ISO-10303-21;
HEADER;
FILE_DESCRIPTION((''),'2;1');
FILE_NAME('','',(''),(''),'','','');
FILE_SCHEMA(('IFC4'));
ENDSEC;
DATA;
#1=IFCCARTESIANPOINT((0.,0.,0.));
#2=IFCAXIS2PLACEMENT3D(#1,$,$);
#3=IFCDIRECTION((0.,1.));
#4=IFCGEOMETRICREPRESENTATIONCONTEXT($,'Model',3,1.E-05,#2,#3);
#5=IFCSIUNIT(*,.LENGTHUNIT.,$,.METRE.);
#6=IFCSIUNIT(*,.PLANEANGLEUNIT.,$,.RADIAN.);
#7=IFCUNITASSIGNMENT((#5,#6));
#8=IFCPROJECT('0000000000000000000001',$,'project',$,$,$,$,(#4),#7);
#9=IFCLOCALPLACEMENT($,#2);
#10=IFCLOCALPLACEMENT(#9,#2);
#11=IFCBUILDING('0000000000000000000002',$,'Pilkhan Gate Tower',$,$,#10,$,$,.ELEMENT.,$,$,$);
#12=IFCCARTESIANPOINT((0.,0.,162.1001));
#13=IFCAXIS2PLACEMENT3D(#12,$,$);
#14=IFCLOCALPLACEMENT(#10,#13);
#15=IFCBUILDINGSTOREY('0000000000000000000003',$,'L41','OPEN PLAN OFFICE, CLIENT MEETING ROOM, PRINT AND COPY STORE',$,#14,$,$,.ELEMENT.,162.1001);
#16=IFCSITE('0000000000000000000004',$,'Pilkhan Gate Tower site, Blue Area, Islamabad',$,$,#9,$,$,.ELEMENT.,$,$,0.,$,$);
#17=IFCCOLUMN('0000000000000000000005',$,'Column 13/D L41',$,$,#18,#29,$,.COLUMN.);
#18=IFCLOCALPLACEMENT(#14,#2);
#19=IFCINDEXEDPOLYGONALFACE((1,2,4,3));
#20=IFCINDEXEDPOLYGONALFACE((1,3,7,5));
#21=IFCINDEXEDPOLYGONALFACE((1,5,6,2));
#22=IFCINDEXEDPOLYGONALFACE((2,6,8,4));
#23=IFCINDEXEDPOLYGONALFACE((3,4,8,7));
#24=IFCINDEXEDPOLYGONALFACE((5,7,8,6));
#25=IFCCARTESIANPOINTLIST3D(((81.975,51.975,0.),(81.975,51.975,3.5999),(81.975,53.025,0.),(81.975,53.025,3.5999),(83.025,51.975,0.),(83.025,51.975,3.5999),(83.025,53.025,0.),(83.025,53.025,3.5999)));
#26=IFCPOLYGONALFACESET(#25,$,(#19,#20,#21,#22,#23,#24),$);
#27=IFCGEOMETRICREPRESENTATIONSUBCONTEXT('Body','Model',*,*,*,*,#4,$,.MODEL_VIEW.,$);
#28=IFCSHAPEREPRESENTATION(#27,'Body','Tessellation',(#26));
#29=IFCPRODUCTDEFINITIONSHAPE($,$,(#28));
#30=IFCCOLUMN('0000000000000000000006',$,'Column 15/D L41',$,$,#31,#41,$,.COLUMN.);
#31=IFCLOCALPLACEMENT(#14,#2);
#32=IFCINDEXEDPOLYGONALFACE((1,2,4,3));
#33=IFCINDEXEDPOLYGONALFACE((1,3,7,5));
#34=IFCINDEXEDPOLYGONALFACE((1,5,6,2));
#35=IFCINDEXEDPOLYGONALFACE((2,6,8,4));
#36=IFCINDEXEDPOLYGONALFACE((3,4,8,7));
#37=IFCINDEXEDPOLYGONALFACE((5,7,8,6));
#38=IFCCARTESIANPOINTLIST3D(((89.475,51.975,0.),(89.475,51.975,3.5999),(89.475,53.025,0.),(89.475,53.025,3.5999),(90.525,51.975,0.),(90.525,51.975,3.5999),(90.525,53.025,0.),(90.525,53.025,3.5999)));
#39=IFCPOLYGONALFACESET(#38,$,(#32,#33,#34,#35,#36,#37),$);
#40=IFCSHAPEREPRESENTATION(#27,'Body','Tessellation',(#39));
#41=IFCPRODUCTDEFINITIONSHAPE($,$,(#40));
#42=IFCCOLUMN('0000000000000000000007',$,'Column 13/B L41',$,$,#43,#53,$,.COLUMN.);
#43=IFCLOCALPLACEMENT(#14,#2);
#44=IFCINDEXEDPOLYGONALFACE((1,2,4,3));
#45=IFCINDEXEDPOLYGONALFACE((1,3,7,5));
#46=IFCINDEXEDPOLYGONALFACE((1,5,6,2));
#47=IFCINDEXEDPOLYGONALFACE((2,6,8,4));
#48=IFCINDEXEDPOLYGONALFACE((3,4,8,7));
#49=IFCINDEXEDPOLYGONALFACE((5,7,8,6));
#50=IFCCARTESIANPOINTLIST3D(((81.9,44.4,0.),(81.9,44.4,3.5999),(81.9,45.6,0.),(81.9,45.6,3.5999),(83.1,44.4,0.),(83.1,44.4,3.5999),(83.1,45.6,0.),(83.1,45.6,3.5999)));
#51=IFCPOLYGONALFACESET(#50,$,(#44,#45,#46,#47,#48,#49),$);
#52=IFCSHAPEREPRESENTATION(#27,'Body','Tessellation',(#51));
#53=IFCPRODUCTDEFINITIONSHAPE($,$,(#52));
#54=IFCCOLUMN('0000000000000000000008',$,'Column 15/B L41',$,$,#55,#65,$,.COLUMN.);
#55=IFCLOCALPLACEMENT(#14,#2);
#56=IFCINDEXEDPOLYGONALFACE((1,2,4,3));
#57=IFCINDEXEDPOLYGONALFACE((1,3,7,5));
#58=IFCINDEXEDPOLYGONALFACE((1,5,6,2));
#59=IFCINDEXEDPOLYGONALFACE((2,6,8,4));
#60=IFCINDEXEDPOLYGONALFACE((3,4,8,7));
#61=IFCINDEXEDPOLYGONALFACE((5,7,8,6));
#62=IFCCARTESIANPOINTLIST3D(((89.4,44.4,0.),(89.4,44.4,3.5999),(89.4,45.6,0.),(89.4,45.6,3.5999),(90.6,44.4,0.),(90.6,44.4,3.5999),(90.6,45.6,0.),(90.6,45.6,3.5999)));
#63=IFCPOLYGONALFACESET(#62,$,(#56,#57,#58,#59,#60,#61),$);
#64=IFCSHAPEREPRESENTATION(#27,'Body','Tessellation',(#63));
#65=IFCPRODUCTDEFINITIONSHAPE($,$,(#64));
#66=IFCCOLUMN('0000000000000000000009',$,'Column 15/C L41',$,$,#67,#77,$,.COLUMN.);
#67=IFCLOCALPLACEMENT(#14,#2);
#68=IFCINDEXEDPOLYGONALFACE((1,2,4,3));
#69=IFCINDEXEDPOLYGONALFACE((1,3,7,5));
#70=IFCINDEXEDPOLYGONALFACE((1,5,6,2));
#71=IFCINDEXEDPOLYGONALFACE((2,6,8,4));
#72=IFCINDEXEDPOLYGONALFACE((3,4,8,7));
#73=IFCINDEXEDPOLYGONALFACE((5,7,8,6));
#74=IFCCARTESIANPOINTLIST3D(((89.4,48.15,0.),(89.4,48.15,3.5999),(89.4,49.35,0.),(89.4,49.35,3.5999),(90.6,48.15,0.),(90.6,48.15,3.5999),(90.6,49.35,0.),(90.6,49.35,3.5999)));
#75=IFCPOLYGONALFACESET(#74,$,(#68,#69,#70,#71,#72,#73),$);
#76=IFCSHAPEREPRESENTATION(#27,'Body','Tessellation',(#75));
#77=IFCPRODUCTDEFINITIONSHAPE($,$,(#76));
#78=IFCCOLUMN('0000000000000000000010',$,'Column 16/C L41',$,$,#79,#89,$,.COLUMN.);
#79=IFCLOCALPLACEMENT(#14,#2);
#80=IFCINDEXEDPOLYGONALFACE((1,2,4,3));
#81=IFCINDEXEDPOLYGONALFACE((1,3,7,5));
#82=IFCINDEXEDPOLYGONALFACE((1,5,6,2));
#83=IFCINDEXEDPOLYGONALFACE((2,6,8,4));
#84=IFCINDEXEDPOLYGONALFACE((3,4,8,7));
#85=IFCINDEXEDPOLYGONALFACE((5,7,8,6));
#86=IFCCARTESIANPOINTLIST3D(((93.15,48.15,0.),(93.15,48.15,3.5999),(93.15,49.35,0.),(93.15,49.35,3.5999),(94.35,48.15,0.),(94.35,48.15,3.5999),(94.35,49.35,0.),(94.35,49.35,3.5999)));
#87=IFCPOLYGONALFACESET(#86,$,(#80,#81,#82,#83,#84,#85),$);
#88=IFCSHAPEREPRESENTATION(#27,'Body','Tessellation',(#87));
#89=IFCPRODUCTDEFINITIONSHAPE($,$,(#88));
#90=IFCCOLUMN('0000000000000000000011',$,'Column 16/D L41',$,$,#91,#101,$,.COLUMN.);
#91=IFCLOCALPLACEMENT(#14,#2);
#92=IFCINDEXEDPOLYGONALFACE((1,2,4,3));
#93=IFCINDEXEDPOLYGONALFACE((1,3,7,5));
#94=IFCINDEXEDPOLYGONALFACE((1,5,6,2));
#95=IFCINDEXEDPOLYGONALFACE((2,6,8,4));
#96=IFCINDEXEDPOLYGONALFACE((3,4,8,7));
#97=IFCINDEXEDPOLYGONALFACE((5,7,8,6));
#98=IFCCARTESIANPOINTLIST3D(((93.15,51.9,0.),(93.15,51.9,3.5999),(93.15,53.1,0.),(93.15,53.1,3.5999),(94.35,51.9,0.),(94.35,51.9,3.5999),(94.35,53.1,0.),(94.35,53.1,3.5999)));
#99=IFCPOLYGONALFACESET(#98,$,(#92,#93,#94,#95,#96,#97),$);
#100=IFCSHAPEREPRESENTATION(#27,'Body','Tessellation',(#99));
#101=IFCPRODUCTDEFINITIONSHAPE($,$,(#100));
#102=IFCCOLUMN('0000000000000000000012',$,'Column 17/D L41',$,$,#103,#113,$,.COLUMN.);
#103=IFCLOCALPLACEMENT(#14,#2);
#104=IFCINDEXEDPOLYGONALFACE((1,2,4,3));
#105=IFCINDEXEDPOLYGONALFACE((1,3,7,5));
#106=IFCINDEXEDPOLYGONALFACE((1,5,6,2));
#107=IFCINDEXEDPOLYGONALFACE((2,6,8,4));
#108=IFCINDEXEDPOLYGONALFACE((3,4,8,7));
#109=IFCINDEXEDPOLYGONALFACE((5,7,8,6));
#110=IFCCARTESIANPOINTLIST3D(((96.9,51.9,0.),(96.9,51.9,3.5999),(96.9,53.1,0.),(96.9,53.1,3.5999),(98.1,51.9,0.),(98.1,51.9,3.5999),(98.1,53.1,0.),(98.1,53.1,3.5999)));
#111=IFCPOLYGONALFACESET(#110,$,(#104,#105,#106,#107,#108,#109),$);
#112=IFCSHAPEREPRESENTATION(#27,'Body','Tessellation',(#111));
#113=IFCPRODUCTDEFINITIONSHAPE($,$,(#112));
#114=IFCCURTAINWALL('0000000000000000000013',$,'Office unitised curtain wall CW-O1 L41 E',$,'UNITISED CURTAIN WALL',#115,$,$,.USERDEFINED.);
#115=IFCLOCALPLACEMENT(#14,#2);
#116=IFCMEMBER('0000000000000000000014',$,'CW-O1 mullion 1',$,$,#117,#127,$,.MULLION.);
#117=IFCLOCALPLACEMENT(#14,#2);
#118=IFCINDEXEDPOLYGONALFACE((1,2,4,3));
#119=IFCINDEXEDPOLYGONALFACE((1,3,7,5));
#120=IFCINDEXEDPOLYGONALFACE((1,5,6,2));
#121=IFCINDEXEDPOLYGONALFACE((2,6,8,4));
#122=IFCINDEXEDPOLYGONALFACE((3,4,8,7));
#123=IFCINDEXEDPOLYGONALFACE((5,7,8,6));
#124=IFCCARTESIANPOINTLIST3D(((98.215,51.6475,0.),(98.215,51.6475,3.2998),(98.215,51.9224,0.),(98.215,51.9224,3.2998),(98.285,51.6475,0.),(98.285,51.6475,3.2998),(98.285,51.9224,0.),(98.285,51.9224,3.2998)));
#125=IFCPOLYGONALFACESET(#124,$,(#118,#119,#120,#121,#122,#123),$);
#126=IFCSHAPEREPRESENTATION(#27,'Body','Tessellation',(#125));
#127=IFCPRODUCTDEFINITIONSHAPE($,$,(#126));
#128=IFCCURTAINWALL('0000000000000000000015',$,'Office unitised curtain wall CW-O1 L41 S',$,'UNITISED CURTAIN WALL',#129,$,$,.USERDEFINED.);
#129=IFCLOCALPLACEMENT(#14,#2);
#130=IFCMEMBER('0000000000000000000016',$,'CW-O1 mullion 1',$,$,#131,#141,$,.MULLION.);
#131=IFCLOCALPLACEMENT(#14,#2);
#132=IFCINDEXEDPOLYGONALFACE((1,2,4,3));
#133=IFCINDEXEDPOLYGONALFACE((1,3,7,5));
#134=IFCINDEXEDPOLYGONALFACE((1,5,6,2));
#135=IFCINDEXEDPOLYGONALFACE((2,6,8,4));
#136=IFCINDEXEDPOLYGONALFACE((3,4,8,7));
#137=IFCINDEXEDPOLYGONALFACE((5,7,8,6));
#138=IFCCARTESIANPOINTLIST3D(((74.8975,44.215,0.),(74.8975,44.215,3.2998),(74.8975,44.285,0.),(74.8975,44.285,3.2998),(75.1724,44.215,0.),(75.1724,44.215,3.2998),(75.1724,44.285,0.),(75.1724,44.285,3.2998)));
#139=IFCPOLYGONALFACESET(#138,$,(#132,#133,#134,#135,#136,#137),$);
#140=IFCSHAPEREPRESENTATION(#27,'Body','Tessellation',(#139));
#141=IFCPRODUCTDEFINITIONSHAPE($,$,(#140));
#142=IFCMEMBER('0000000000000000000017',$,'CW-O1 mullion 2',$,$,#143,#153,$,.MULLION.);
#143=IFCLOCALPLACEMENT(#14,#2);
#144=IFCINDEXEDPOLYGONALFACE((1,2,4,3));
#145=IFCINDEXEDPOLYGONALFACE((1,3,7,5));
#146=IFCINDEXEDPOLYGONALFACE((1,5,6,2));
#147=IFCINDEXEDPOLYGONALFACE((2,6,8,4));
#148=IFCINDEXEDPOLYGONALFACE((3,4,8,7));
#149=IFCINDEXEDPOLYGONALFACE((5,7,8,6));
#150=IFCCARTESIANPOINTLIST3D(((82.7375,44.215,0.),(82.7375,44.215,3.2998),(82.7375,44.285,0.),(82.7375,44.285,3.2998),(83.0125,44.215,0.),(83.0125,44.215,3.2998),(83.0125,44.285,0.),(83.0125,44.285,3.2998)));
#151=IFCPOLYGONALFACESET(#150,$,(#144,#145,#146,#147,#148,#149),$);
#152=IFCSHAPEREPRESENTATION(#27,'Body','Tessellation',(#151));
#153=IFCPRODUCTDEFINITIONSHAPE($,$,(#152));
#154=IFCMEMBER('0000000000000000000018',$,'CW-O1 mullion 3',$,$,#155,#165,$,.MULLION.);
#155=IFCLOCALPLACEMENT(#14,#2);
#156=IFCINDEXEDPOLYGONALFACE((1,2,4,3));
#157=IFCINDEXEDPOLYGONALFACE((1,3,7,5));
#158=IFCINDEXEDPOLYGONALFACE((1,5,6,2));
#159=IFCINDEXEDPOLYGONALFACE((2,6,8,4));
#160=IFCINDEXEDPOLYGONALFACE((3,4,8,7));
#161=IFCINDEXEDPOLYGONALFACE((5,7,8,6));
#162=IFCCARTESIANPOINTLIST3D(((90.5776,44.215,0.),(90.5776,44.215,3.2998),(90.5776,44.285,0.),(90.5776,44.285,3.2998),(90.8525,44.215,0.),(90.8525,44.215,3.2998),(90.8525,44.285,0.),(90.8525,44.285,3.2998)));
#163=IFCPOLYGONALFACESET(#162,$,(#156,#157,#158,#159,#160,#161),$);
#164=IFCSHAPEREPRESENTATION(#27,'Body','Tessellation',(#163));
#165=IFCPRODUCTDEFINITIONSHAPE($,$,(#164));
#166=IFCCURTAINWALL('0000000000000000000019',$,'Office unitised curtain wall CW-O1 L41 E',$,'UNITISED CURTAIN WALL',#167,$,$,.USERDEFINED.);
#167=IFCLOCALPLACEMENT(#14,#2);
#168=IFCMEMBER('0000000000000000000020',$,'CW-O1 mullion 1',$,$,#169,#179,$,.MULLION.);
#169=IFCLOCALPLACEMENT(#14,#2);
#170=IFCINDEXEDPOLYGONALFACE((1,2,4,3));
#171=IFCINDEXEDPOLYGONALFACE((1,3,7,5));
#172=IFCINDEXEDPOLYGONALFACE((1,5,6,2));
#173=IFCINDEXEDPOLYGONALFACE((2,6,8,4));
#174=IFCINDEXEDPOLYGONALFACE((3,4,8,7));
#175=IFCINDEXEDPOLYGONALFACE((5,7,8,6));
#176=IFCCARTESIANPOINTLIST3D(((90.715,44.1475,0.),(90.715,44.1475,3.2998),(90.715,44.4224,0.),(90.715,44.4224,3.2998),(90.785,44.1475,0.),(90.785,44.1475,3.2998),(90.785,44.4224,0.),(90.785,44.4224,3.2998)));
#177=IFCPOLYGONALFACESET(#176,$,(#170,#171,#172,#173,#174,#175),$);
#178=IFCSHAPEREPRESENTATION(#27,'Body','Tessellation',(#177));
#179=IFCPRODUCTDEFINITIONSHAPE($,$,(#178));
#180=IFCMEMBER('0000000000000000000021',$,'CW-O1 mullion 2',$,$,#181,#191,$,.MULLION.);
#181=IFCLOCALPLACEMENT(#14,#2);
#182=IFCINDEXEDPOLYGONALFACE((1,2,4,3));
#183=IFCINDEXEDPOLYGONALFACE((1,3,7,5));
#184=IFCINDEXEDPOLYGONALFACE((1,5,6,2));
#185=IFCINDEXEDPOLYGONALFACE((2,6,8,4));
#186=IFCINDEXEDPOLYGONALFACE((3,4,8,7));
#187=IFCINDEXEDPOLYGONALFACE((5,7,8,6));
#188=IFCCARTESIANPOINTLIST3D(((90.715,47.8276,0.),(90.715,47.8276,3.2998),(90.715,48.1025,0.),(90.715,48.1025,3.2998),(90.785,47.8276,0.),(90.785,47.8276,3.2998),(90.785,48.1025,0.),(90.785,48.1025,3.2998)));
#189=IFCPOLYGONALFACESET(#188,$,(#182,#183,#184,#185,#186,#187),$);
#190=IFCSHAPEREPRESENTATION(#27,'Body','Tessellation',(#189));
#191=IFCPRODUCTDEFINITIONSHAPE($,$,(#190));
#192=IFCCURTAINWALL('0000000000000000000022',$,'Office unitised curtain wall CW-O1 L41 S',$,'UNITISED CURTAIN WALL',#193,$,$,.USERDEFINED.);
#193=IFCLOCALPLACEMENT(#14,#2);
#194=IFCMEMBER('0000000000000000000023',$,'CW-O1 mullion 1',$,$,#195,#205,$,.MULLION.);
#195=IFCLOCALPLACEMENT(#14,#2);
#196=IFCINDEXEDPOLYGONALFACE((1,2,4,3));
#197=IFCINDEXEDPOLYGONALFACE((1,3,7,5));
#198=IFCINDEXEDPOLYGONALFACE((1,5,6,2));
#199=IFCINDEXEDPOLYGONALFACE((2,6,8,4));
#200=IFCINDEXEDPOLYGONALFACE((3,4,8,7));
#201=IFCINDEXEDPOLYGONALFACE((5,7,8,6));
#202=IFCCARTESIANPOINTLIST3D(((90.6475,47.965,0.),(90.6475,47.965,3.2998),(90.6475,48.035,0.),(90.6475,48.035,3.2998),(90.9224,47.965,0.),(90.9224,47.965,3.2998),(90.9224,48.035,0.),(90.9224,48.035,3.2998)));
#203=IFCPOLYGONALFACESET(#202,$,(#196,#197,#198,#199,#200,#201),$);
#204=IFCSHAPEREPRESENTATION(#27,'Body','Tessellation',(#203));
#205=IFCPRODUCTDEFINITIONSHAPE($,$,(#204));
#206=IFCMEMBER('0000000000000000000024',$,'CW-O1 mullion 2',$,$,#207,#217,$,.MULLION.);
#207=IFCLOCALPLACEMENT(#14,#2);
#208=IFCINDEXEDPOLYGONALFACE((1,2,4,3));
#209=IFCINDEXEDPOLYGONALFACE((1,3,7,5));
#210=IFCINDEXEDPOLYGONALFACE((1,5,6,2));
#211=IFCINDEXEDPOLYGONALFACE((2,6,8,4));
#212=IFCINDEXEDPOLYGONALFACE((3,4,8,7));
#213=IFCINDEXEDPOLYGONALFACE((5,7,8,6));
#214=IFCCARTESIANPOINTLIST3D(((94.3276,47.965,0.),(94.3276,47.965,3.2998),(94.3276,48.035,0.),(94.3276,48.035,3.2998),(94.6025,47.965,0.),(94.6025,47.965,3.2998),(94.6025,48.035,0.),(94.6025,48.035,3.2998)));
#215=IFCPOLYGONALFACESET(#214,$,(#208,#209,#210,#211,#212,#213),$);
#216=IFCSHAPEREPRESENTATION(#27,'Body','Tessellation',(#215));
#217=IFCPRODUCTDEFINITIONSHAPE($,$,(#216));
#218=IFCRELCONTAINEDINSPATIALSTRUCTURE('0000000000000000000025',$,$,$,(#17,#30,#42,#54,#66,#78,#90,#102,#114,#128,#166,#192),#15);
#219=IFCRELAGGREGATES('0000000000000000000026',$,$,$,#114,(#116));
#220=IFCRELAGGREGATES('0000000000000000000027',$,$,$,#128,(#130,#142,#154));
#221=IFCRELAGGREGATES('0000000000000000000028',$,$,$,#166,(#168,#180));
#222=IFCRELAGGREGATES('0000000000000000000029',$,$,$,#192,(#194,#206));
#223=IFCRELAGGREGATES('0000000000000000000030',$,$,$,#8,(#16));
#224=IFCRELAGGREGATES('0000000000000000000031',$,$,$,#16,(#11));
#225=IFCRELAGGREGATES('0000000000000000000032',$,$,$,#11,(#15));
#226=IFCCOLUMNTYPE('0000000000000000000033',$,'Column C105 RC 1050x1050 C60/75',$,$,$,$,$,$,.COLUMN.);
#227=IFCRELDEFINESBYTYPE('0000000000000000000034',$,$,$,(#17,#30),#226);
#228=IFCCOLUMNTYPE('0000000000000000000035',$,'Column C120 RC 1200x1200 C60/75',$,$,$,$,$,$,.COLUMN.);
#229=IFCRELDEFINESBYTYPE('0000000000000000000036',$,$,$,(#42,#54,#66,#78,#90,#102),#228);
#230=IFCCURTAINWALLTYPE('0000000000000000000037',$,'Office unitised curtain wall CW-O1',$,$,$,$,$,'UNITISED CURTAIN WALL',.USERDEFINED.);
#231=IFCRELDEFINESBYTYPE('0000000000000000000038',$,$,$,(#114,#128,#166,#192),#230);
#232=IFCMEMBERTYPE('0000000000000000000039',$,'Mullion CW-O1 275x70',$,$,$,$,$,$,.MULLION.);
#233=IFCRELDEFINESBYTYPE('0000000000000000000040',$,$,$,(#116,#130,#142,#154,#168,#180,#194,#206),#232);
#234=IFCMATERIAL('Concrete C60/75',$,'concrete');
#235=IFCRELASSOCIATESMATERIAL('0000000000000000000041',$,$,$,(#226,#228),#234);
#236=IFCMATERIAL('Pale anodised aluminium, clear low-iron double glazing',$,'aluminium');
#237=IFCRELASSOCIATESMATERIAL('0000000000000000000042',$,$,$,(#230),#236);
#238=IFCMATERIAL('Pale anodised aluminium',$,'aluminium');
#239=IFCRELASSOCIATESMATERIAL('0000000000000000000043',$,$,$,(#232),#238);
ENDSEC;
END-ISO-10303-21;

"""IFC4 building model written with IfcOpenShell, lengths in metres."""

from ifc_helpers import new_model, si_unit, direction, frame, origin, origin_2d, place, context, subcontext, project, spatial, rectangle, extrude, material, material_profile, profile_set, type_object, element, aggregate, save


model = new_model("IFC4")

# Units and contexts
model_context = context("Model", 3, precision=1e-05, world=origin(), true_north=direction((0.0, 1.0)))
body_context = subcontext(model_context, "Body", "Model", "MODEL_VIEW")
ifc_project = project(units=[si_unit("LENGTHUNIT", "METRE"), si_unit("PLANEANGLEUNIT", "RADIAN")], contexts=[model_context])

# Site, building, storey
site_placement = place(None, origin())
site = spatial("IfcSite", under=ifc_project, at=site_placement, Name="Pilkhan Gate Tower site, Blue Area, Islamabad", CompositionType="ELEMENT", RefElevation=0.0)
building_placement = place(site_placement, origin())
building = spatial("IfcBuilding", under=site, at=building_placement, Name="Pilkhan Gate Tower", CompositionType="ELEMENT")
storey_placement = place(building_placement, frame((0.0, 0.0, 162.1001)))
storey = spatial("IfcBuildingStorey", under=building, at=storey_placement, Name="L41", Description="OPEN PLAN OFFICE, CLIENT MEETING ROOM, PRINT AND COPY STORE", CompositionType="ELEMENT", Elevation=162.1001)

# Columns
ifc_material_1 = material(Name="Concrete C60/75", Category="concrete")
ifc_material_profile_1 = material_profile(ifc_material_1, rectangle(XDim=1.05, YDim=1.05, at=origin_2d()), Name="RC 1050x1050")
ifc_profile_set_1 = profile_set([ifc_material_profile_1], Name="Concrete C60/75")
column_type_1 = type_object("IfcColumnType", Name="Column C105 RC 1050x1050 C60/75", PredefinedType="COLUMN", material=ifc_profile_set_1)
for number, where, z_axis, x_axis, name in (
    (1, (82.5, 52.5, 0.0), (0.0, 0.0, 1.0), (1.0, 0.0, 0.0), "Column 13/D L41"),
    (2, (90.0, 52.5, 0.0), (0.0, 0.0, 1.0), (1.0, 0.0, 0.0), "Column 15/D L41"),
):
    element("IfcColumn", number, at=place(storey_placement, frame(where, z_axis=z_axis, x_axis=x_axis)), inside=storey, type_object=column_type_1, Name=name, PredefinedType="COLUMN", context=body_context, shape_type="SweptSolid", body=[
        extrude(rectangle(XDim=1.05, YDim=1.05, at=origin_2d()), origin(), (0.0, 0.0, 1.0), 3.5999),
    ])
ifc_material_profile_2 = material_profile(ifc_material_1, rectangle(XDim=1.2, YDim=1.2, at=origin_2d()), Name="RC 1200x1200")
ifc_profile_set_2 = profile_set([ifc_material_profile_2], Name="Concrete C60/75")
column_type_2 = type_object("IfcColumnType", Name="Column C120 RC 1200x1200 C60/75", PredefinedType="COLUMN", material=ifc_profile_set_2)
for number, where, z_axis, x_axis, name in (
    (3, (82.5, 45.0, 0.0), (0.0, 0.0, 1.0), (1.0, 0.0, 0.0), "Column 13/B L41"),
    (4, (90.0, 45.0, 0.0), (0.0, 0.0, 1.0), (1.0, 0.0, 0.0), "Column 15/B L41"),
    (5, (90.0, 48.75, 0.0), (0.0, 0.0, 1.0), (1.0, 0.0, 0.0), "Column 15/C L41"),
    (6, (93.75, 48.75, 0.0), (0.0, 0.0, 1.0), (1.0, 0.0, 0.0), "Column 16/C L41"),
    (7, (93.75, 52.5, 0.0), (0.0, 0.0, 1.0), (1.0, 0.0, 0.0), "Column 16/D L41"),
    (8, (97.5, 52.5, 0.0), (0.0, 0.0, 1.0), (1.0, 0.0, 0.0), "Column 17/D L41"),
):
    element("IfcColumn", number, at=place(storey_placement, frame(where, z_axis=z_axis, x_axis=x_axis)), inside=storey, type_object=column_type_2, Name=name, PredefinedType="COLUMN", context=body_context, shape_type="SweptSolid", body=[
        extrude(rectangle(XDim=1.2, YDim=1.2, at=origin_2d()), origin(), (0.0, 0.0, 1.0), 3.5999),
    ])

# Curtain wall, member
ifc_material_2 = material(Name="Pale anodised aluminium, clear low-iron double glazing", Category="aluminium")
curtain_wall_type = type_object("IfcCurtainWallType", Name="Office unitised curtain wall CW-O1", ElementType="UNITISED CURTAIN WALL", PredefinedType="USERDEFINED", material=ifc_material_2)
curtain_wall_1_placement = place(storey_placement, origin())
curtain_wall_1 = element("IfcCurtainWall", 9, at=curtain_wall_1_placement, inside=storey, type_object=curtain_wall_type, Name="Office unitised curtain wall CW-O1 L41 E", ObjectType="UNITISED CURTAIN WALL", PredefinedType="USERDEFINED")
ifc_material_3 = material(Name="Pale anodised aluminium", Category="aluminium")
ifc_material_profile_3 = material_profile(ifc_material_3, rectangle(XDim=0.0701, YDim=0.2749, at=origin_2d()), Name="Mullion 275x70")
ifc_profile_set_3 = profile_set([ifc_material_profile_3], Name="Pale anodised aluminium")
member_type_1 = type_object("IfcMemberType", Name="Mullion CW-O1 275x70", PredefinedType="MULLION", material=ifc_profile_set_3)
member_1_placement = place(storey_placement, frame((98.25, 51.7849, 0.0), z_axis=(0.0, 0.0, 1.0), x_axis=(-1.0, 0.0, 0.0)))
member_1 = element("IfcMember", 10, at=member_1_placement, type_object=member_type_1, Name="CW-O1 mullion 1", PredefinedType="MULLION", context=body_context, shape_type="SweptSolid", body=[
    extrude(rectangle(XDim=0.0701, YDim=0.2749, at=origin_2d()), origin(), (0.0, 0.0, 1.0), 3.2998),
])

# Curtain walls, members
curtain_wall_2_placement = place(storey_placement, origin())
curtain_wall_2 = element("IfcCurtainWall", 11, at=curtain_wall_2_placement, inside=storey, type_object=curtain_wall_type, Name="Office unitised curtain wall CW-O1 L41 S", ObjectType="UNITISED CURTAIN WALL", PredefinedType="USERDEFINED")
member_2_placement = place(storey_placement, frame((75.0349, 44.25, 0.0), z_axis=(0.0, 0.0, 1.0), x_axis=(0.0, 1.0, 0.0)))
member_2 = element("IfcMember", 12, at=member_2_placement, type_object=member_type_1, Name="CW-O1 mullion 1", PredefinedType="MULLION", context=body_context, shape_type="SweptSolid", body=[
    extrude(rectangle(XDim=0.0701, YDim=0.2749, at=origin_2d()), origin(), (0.0, 0.0, 1.0), 3.2998),
])
member_3_placement = place(storey_placement, frame((82.875, 44.25, 0.0), z_axis=(0.0, 0.0, 1.0), x_axis=(0.0, 1.0, 0.0)))
member_3 = element("IfcMember", 13, at=member_3_placement, type_object=member_type_1, Name="CW-O1 mullion 2", PredefinedType="MULLION", context=body_context, shape_type="SweptSolid", body=[
    extrude(rectangle(XDim=0.0701, YDim=0.2749, at=origin_2d()), origin(), (0.0, 0.0, 1.0), 3.2998),
])
member_4_placement = place(storey_placement, frame((90.7151, 44.25, 0.0), z_axis=(0.0, 0.0, 1.0), x_axis=(0.0, 1.0, 0.0)))
member_4 = element("IfcMember", 14, at=member_4_placement, type_object=member_type_1, Name="CW-O1 mullion 3", PredefinedType="MULLION", context=body_context, shape_type="SweptSolid", body=[
    extrude(rectangle(XDim=0.0701, YDim=0.2749, at=origin_2d()), origin(), (0.0, 0.0, 1.0), 3.2998),
])
curtain_wall_3_placement = place(storey_placement, origin())
curtain_wall_3 = element("IfcCurtainWall", 15, at=curtain_wall_3_placement, inside=storey, type_object=curtain_wall_type, Name="Office unitised curtain wall CW-O1 L41 E", ObjectType="UNITISED CURTAIN WALL", PredefinedType="USERDEFINED")
member_5_placement = place(storey_placement, frame((90.75, 44.2849, 0.0), z_axis=(0.0, 0.0, 1.0), x_axis=(-1.0, 0.0, 0.0)))
member_5 = element("IfcMember", 16, at=member_5_placement, type_object=member_type_1, Name="CW-O1 mullion 1", PredefinedType="MULLION", context=body_context, shape_type="SweptSolid", body=[
    extrude(rectangle(XDim=0.0701, YDim=0.2749, at=origin_2d()), origin(), (0.0, 0.0, 1.0), 3.2998),
])
member_6_placement = place(storey_placement, frame((90.75, 47.9651, 0.0), z_axis=(0.0, 0.0, 1.0), x_axis=(-1.0, 0.0, 0.0)))
member_6 = element("IfcMember", 17, at=member_6_placement, type_object=member_type_1, Name="CW-O1 mullion 2", PredefinedType="MULLION", context=body_context, shape_type="SweptSolid", body=[
    extrude(rectangle(XDim=0.0701, YDim=0.2749, at=origin_2d()), origin(), (0.0, 0.0, 1.0), 3.2998),
])
curtain_wall_4_placement = place(storey_placement, origin())
curtain_wall_4 = element("IfcCurtainWall", 18, at=curtain_wall_4_placement, inside=storey, type_object=curtain_wall_type, Name="Office unitised curtain wall CW-O1 L41 S", ObjectType="UNITISED CURTAIN WALL", PredefinedType="USERDEFINED")
member_7_placement = place(storey_placement, frame((90.7849, 48.0, 0.0), z_axis=(0.0, 0.0, 1.0), x_axis=(0.0, 1.0, 0.0)))
member_7 = element("IfcMember", 19, at=member_7_placement, type_object=member_type_1, Name="CW-O1 mullion 1", PredefinedType="MULLION", context=body_context, shape_type="SweptSolid", body=[
    extrude(rectangle(XDim=0.0701, YDim=0.2749, at=origin_2d()), origin(), (0.0, 0.0, 1.0), 3.2998),
])
member_8_placement = place(storey_placement, frame((94.4651, 48.0, 0.0), z_axis=(0.0, 0.0, 1.0), x_axis=(0.0, 1.0, 0.0)))
member_8 = element("IfcMember", 20, at=member_8_placement, type_object=member_type_1, Name="CW-O1 mullion 2", PredefinedType="MULLION", context=body_context, shape_type="SweptSolid", body=[
    extrude(rectangle(XDim=0.0701, YDim=0.2749, at=origin_2d()), origin(), (0.0, 0.0, 1.0), 3.2998),
])

aggregate(curtain_wall_1, [member_1])
aggregate(curtain_wall_2, [member_2, member_3, member_4])
aggregate(curtain_wall_3, [member_5, member_6])
aggregate(curtain_wall_4, [member_7, member_8])

save(model, "model.ifc")
